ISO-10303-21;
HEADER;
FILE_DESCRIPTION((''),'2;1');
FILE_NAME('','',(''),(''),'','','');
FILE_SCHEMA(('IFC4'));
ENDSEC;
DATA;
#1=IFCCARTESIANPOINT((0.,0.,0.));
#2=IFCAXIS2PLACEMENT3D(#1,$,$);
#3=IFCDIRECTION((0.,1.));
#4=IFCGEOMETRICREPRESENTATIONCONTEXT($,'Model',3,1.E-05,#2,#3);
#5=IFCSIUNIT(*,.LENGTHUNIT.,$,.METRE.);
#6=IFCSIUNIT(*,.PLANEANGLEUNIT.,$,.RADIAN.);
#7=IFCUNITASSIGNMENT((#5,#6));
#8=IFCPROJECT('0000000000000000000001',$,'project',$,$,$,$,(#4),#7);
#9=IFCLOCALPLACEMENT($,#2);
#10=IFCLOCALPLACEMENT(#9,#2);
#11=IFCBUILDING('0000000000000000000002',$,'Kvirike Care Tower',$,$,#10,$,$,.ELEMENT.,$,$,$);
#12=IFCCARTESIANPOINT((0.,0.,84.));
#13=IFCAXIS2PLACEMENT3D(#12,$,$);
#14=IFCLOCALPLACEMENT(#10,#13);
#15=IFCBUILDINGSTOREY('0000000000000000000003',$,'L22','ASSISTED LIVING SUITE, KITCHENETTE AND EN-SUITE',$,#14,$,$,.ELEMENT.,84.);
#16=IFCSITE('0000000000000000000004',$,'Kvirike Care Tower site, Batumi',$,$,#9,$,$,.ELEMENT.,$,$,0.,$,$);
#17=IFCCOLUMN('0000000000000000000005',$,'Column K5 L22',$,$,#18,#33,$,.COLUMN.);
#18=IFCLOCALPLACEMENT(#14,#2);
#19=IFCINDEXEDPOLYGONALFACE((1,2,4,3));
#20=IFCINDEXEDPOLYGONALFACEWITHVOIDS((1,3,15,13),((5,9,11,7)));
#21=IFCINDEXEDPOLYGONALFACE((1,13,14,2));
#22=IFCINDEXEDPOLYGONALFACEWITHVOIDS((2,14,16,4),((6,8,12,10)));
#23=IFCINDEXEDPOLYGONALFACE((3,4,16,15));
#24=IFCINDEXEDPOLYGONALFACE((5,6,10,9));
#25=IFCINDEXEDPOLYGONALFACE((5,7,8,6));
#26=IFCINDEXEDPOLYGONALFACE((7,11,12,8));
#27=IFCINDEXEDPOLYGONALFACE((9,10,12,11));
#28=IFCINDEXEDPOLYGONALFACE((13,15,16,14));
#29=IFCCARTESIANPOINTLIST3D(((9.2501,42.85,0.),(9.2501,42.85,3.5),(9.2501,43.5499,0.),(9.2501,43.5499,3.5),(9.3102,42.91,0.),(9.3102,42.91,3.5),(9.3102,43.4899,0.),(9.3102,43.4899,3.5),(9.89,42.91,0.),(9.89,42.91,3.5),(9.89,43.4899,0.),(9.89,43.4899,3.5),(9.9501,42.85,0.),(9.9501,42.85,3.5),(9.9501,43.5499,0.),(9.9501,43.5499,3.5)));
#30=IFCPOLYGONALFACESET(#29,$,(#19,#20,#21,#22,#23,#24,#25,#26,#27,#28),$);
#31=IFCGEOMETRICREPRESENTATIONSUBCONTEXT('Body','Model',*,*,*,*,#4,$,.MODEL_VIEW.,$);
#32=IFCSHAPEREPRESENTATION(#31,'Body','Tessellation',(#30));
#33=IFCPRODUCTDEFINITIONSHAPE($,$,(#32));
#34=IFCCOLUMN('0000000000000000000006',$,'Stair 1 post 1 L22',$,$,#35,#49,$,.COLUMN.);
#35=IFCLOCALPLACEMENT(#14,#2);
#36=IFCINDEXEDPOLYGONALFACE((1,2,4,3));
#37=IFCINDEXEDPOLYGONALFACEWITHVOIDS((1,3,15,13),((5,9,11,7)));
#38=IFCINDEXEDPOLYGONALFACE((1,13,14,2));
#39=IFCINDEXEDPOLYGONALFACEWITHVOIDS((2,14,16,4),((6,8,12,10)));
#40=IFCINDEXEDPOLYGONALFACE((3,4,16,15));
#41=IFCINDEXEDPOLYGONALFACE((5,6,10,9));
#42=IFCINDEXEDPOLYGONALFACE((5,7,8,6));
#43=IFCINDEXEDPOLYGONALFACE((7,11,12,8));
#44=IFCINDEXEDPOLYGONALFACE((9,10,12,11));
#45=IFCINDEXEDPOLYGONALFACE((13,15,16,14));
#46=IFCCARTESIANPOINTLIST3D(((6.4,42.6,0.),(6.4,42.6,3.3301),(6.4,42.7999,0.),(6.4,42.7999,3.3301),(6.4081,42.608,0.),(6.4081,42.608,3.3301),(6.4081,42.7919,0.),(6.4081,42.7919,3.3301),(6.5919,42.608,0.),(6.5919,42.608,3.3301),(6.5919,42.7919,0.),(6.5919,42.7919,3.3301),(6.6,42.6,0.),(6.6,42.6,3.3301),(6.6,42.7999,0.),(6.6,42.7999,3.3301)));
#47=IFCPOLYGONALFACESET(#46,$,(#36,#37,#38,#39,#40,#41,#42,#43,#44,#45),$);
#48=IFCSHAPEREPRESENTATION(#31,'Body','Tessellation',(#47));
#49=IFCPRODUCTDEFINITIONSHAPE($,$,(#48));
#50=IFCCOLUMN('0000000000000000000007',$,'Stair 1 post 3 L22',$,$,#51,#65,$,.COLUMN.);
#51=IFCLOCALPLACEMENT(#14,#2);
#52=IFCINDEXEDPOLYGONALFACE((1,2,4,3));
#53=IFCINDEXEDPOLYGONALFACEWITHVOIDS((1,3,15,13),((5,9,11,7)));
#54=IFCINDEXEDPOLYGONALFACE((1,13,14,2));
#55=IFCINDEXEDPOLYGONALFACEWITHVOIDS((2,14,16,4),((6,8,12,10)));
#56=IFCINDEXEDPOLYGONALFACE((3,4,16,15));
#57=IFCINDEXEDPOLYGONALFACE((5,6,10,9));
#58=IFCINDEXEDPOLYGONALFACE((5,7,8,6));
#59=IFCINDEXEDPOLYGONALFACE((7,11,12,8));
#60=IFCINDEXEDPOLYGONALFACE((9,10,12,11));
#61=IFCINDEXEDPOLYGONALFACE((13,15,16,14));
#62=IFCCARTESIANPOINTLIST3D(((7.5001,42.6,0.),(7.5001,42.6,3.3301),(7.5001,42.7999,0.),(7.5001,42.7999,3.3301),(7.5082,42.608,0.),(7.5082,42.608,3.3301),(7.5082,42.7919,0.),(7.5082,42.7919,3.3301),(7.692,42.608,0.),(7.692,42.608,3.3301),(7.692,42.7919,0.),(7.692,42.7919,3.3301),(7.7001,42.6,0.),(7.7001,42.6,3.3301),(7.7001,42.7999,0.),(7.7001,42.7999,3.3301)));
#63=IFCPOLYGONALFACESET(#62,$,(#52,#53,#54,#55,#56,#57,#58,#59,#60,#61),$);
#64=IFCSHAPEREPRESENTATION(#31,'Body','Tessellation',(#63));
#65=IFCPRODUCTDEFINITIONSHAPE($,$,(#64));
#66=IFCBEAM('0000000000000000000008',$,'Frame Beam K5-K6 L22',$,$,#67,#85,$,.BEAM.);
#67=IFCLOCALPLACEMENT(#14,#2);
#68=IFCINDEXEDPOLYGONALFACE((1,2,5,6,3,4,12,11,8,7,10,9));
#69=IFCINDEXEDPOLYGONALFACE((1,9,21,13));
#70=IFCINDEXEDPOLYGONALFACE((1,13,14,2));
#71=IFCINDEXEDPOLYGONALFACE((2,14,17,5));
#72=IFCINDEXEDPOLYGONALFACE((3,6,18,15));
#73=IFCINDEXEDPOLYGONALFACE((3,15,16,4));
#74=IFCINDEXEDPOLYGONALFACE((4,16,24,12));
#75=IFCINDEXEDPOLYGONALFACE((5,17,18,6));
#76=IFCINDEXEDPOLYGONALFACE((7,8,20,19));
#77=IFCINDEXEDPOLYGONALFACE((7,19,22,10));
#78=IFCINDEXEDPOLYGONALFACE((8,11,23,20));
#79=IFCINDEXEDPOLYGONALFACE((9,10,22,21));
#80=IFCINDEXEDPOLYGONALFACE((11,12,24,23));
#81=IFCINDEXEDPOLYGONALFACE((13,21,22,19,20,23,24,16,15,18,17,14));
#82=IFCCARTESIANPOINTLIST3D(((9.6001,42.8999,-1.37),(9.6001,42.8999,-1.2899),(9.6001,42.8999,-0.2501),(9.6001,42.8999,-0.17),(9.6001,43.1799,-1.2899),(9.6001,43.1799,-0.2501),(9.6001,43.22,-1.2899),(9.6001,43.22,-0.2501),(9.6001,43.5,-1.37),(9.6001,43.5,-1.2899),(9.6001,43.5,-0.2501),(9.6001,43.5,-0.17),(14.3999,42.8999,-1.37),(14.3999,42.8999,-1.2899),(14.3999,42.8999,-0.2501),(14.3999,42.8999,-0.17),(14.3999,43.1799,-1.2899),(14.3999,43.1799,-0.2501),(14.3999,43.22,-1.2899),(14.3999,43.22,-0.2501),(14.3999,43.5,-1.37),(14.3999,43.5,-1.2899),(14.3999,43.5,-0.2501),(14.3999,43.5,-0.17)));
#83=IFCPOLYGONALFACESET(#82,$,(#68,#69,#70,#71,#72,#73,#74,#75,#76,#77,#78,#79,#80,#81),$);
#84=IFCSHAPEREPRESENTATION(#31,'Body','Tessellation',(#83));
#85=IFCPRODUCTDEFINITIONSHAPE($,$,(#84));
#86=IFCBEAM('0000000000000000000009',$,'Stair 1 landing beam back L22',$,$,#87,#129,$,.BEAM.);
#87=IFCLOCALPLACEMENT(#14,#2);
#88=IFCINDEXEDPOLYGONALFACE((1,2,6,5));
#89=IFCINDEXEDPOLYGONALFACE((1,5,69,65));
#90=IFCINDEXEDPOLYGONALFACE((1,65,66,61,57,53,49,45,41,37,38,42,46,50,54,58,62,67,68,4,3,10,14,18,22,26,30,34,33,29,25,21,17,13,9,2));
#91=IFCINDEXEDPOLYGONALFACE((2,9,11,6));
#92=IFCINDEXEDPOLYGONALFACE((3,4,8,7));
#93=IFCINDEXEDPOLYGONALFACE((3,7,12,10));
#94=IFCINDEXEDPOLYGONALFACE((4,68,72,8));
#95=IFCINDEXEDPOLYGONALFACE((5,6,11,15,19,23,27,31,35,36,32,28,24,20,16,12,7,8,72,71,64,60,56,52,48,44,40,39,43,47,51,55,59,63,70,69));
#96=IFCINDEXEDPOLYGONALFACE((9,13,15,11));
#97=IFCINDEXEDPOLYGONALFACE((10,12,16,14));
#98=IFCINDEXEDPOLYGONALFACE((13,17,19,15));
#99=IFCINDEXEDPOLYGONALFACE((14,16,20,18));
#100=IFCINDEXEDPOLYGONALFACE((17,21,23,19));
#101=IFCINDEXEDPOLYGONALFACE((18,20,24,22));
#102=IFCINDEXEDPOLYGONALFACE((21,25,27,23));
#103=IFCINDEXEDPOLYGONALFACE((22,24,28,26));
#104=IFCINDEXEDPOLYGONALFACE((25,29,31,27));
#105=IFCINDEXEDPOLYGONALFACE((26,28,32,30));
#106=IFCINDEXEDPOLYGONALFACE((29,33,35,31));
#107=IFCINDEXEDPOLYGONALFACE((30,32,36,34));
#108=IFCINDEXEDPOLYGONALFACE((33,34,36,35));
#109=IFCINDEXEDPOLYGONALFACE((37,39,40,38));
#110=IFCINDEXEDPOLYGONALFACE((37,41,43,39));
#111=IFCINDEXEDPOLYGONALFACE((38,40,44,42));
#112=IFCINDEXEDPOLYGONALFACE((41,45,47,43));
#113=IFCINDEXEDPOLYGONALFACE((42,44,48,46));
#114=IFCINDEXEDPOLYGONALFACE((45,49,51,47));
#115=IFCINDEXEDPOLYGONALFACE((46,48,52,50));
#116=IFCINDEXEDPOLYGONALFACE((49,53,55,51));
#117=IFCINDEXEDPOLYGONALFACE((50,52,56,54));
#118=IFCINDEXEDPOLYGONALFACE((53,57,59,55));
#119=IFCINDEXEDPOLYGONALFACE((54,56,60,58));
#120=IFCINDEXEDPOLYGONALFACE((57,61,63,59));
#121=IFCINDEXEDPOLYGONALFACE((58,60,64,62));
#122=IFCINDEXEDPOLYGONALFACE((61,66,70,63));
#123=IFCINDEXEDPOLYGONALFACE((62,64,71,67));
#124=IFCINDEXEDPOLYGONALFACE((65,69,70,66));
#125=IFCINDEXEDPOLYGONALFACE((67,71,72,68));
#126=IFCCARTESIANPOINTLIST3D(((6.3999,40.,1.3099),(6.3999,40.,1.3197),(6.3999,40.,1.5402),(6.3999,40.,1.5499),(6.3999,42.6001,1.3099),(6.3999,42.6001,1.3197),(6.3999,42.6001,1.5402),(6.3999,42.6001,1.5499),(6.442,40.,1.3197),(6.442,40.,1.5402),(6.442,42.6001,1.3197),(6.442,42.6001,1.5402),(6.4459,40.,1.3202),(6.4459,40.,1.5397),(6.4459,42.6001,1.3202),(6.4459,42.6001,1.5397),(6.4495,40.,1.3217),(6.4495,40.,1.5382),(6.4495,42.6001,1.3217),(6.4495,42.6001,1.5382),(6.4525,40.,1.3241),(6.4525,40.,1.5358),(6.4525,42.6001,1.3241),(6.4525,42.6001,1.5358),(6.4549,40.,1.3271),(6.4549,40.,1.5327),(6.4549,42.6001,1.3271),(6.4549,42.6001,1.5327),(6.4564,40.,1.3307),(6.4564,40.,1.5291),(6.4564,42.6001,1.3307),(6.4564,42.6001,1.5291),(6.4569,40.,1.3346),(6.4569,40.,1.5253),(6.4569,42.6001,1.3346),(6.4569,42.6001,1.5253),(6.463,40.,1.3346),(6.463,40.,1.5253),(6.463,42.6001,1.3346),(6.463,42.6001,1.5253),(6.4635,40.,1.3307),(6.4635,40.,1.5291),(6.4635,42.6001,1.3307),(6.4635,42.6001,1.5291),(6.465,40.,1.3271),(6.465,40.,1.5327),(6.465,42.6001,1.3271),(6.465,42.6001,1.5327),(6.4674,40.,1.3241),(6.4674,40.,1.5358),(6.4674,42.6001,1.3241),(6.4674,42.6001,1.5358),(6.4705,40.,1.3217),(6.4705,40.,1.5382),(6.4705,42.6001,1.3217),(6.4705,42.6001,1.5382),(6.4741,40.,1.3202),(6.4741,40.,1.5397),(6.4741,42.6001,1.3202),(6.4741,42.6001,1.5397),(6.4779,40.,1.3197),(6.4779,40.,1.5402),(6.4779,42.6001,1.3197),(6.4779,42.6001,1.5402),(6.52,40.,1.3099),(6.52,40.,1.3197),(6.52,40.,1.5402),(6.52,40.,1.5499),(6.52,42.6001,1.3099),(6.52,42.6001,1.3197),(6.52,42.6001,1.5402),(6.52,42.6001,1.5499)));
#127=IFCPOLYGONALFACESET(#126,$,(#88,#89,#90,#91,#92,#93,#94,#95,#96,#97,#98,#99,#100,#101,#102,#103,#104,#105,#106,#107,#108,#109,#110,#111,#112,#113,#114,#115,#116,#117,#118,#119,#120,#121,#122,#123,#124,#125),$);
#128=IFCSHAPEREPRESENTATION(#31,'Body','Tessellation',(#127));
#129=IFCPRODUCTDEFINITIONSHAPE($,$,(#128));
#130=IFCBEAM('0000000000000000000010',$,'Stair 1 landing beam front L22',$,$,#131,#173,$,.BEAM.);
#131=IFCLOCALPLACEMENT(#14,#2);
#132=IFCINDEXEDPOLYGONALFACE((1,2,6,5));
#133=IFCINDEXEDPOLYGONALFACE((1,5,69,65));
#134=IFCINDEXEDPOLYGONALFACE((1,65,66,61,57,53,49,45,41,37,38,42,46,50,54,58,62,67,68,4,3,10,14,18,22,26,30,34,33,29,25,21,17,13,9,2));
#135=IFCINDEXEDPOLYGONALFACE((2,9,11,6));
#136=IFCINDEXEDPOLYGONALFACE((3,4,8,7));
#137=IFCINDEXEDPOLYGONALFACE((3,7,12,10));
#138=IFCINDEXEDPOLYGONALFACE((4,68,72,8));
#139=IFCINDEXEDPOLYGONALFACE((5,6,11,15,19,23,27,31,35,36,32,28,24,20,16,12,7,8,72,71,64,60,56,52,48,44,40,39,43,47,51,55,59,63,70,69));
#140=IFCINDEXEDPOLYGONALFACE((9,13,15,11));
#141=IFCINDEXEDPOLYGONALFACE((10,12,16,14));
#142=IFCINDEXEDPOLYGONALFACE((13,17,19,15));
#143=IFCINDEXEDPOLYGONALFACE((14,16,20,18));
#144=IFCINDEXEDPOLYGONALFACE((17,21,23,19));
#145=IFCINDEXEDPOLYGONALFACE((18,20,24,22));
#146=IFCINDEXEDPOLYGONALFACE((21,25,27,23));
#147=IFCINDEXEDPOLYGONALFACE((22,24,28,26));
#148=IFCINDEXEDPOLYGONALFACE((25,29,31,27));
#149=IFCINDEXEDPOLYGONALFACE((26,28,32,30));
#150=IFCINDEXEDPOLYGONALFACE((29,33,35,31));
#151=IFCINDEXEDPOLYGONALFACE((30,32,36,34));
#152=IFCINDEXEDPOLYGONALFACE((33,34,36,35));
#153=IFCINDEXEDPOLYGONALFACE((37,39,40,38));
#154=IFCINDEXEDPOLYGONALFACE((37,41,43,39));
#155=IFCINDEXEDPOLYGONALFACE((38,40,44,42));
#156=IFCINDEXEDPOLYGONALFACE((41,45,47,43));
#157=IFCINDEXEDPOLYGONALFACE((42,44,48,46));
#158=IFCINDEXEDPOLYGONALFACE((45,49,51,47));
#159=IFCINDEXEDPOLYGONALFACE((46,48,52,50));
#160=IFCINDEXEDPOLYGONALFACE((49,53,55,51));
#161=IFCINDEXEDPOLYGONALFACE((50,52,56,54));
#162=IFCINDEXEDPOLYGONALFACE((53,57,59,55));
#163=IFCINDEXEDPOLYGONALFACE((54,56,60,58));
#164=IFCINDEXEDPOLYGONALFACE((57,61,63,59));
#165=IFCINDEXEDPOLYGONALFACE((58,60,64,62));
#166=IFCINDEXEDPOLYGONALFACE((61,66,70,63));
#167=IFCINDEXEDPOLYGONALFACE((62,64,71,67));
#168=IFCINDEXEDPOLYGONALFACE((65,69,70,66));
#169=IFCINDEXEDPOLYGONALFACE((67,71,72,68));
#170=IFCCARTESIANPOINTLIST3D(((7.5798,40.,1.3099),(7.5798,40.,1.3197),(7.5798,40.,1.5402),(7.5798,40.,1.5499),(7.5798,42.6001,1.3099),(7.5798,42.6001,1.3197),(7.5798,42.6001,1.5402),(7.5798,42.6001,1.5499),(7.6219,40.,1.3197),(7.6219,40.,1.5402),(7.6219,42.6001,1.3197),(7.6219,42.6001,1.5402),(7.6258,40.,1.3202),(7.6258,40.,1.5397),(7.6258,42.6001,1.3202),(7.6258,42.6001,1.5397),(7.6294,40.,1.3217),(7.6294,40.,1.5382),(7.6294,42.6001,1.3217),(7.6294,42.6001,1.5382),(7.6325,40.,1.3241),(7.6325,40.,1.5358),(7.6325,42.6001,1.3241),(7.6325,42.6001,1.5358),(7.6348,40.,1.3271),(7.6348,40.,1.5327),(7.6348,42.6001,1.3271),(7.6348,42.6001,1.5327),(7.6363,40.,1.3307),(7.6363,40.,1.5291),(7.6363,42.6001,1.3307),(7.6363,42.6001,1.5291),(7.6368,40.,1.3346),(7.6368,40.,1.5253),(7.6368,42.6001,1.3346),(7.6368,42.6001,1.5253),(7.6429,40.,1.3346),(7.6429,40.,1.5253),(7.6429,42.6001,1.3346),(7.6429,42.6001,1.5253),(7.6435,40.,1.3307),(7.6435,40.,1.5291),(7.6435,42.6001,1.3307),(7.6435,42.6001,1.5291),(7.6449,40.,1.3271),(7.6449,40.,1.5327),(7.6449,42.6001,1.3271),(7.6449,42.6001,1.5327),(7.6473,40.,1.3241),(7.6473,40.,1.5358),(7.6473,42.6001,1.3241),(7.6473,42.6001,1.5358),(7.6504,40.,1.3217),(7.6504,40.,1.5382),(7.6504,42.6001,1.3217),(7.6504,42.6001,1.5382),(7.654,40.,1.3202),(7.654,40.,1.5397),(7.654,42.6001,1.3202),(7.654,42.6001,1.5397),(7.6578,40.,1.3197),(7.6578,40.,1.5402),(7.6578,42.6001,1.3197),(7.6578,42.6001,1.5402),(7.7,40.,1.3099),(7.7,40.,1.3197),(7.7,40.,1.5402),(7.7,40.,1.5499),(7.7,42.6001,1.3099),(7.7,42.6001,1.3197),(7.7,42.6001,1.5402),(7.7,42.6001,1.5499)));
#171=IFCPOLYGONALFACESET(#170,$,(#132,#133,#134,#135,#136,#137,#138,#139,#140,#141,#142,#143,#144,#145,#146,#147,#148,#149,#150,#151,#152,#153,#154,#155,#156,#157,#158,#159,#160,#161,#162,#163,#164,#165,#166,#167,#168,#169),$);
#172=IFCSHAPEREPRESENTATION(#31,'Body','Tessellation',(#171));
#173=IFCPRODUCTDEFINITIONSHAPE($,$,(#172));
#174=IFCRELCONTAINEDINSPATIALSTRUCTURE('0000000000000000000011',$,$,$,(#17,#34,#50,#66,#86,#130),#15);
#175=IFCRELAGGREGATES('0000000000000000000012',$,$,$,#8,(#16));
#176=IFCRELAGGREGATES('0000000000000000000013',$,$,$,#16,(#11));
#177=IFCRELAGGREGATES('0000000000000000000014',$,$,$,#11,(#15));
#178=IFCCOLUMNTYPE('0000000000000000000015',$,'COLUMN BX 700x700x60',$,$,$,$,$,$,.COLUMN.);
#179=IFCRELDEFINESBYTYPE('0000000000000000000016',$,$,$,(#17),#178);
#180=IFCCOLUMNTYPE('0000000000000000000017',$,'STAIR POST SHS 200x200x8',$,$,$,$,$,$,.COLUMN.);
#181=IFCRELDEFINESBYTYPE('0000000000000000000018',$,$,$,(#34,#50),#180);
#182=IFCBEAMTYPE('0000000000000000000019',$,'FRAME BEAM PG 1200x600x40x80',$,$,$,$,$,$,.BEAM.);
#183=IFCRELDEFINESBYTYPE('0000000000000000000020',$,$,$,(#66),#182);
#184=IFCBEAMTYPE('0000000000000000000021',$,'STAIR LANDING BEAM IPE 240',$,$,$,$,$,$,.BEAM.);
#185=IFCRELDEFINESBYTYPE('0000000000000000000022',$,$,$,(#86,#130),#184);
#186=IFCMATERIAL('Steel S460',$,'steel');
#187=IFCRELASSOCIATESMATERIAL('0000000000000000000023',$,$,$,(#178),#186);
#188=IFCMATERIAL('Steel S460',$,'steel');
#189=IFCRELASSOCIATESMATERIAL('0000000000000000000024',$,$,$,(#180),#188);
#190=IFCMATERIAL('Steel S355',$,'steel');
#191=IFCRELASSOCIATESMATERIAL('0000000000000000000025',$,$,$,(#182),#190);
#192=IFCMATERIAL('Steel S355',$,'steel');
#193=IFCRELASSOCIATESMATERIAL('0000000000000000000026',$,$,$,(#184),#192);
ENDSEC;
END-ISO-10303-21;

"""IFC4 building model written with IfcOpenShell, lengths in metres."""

from ifc_helpers import new_model, si_unit, direction, frame, origin, origin_2d, place, context, subcontext, project, spatial, hollow_rectangle, i_section, extrude, material, material_profile, profile_set, type_object, element, save


model = new_model("IFC4")

# Units and contexts
model_context = context("Model", 3, precision=1e-05, world=origin(), true_north=direction((0.0, 1.0)))
body_context = subcontext(model_context, "Body", "Model", "MODEL_VIEW")
ifc_project = project(units=[si_unit("LENGTHUNIT", "METRE"), si_unit("PLANEANGLEUNIT", "RADIAN")], contexts=[model_context])

# Site, building, storey
site_placement = place(None, origin())
site = spatial("IfcSite", under=ifc_project, at=site_placement, Name="Kvirike Care Tower site, Batumi", CompositionType="ELEMENT", RefElevation=0.0)
building_placement = place(site_placement, origin())
building = spatial("IfcBuilding", under=site, at=building_placement, Name="Kvirike Care Tower", CompositionType="ELEMENT")
storey_placement = place(building_placement, frame((0.0, 0.0, 84.0)))
storey = spatial("IfcBuildingStorey", under=building, at=storey_placement, Name="L22", Description="ASSISTED LIVING SUITE, KITCHENETTE AND EN-SUITE", CompositionType="ELEMENT", Elevation=84.0)

# Columns
ifc_material_1 = material(Name="Steel S460", Category="steel")
ifc_material_profile_1 = material_profile(ifc_material_1, hollow_rectangle(XDim=0.7, YDim=0.7, WallThickness=0.0601, at=origin_2d()), Name="BX 700x700x60")
ifc_profile_set_1 = profile_set([ifc_material_profile_1], Name="Steel S460")
column_type_1 = type_object("IfcColumnType", Name="COLUMN BX 700x700x60", PredefinedType="COLUMN", material=ifc_profile_set_1)
column_placement = place(storey_placement, frame((9.6001, 43.2, 0.0), z_axis=(0.0, 0.0, 1.0), x_axis=(0.0, 1.0, 0.0)))
element("IfcColumn", 1, at=column_placement, inside=storey, type_object=column_type_1, Name="Column K5 L22", PredefinedType="COLUMN", context=body_context, shape_type="SweptSolid", body=[
    extrude(hollow_rectangle(XDim=0.7, YDim=0.7, WallThickness=0.0601, at=origin_2d()), origin(), (0.0, 0.0, 1.0), 3.5),
])
ifc_material_2 = material(Name="Steel S460", Category="steel")
ifc_material_profile_2 = material_profile(ifc_material_2, hollow_rectangle(XDim=0.2, YDim=0.2, WallThickness=0.0081, at=origin_2d()), Name="SHS 200x200x8")
ifc_profile_set_2 = profile_set([ifc_material_profile_2], Name="Steel S460")
column_type_2 = type_object("IfcColumnType", Name="STAIR POST SHS 200x200x8", PredefinedType="COLUMN", material=ifc_profile_set_2)
for number, where, z_axis, x_axis, name in (
    (2, (6.5, 42.7, 0.0), (0.0, 0.0, 1.0), (1.0, 0.0, 0.0), "Stair 1 post 1 L22"),
    (3, (7.6001, 42.7, 0.0), (0.0, 0.0, 1.0), (1.0, 0.0, 0.0), "Stair 1 post 3 L22"),
):
    element("IfcColumn", number, at=place(storey_placement, frame(where, z_axis=z_axis, x_axis=x_axis)), inside=storey, type_object=column_type_2, Name=name, PredefinedType="COLUMN", context=body_context, shape_type="SweptSolid", body=[
        extrude(hollow_rectangle(XDim=0.2, YDim=0.2, WallThickness=0.0081, at=origin_2d()), origin(), (0.0, 0.0, 1.0), 3.3301),
    ])

# Beams
ifc_material_3 = material(Name="Steel S355", Category="steel")
ifc_material_profile_3 = material_profile(ifc_material_3, i_section(OverallWidth=0.6001, OverallDepth=1.2, WebThickness=0.04, FlangeThickness=0.0801, at=origin_2d()), Name="PG 1200x600x40x80")
ifc_profile_set_3 = profile_set([ifc_material_profile_3], Name="Steel S355")
beam_type_1 = type_object("IfcBeamType", Name="FRAME BEAM PG 1200x600x40x80", PredefinedType="BEAM", material=ifc_profile_set_3)
beam_1_placement = place(storey_placement, frame((9.6001, 43.2, -0.77), z_axis=(1.0, 0.0, 0.0), x_axis=(0.0, 1.0, 0.0)))
element("IfcBeam", 4, at=beam_1_placement, inside=storey, type_object=beam_type_1, Name="Frame Beam K5-K6 L22", PredefinedType="BEAM", context=body_context, shape_type="SweptSolid", body=[
    extrude(i_section(OverallWidth=0.6001, OverallDepth=1.2, WebThickness=0.04, FlangeThickness=0.0801, at=origin_2d()), origin(), (0.0, 0.0, 1.0), 4.7998),
])
ifc_material_4 = material(Name="Steel S355", Category="steel")
ifc_material_profile_4 = material_profile(ifc_material_4, i_section(OverallWidth=0.1201, OverallDepth=0.24, WebThickness=0.0061, FlangeThickness=0.0098, FilletRadius=0.0149, at=origin_2d()), Name="IPE 240")
ifc_profile_set_4 = profile_set([ifc_material_profile_4], Name="Steel S355")
beam_type_2 = type_object("IfcBeamType", Name="STAIR LANDING BEAM IPE 240", PredefinedType="BEAM", material=ifc_profile_set_4)
for number, where, z_axis, x_axis, name in (
    (5, (6.46, 42.6001, 1.4299), (0.0, -1.0, 0.0), (1.0, 0.0, 0.0), "Stair 1 landing beam back L22"),
    (6, (7.6399, 42.6001, 1.4299), (0.0, -1.0, 0.0), (1.0, 0.0, 0.0), "Stair 1 landing beam front L22"),
):
    element("IfcBeam", number, at=place(storey_placement, frame(where, z_axis=z_axis, x_axis=x_axis)), inside=storey, type_object=beam_type_2, Name=name, PredefinedType="BEAM", context=body_context, shape_type="SweptSolid", body=[
        extrude(i_section(OverallWidth=0.1201, OverallDepth=0.24, WebThickness=0.0061, FlangeThickness=0.0098, FilletRadius=0.0149, at=origin_2d()), origin(), (0.0, 0.0, 1.0), 2.6001),
    ])

save(model, "model.ifc")
